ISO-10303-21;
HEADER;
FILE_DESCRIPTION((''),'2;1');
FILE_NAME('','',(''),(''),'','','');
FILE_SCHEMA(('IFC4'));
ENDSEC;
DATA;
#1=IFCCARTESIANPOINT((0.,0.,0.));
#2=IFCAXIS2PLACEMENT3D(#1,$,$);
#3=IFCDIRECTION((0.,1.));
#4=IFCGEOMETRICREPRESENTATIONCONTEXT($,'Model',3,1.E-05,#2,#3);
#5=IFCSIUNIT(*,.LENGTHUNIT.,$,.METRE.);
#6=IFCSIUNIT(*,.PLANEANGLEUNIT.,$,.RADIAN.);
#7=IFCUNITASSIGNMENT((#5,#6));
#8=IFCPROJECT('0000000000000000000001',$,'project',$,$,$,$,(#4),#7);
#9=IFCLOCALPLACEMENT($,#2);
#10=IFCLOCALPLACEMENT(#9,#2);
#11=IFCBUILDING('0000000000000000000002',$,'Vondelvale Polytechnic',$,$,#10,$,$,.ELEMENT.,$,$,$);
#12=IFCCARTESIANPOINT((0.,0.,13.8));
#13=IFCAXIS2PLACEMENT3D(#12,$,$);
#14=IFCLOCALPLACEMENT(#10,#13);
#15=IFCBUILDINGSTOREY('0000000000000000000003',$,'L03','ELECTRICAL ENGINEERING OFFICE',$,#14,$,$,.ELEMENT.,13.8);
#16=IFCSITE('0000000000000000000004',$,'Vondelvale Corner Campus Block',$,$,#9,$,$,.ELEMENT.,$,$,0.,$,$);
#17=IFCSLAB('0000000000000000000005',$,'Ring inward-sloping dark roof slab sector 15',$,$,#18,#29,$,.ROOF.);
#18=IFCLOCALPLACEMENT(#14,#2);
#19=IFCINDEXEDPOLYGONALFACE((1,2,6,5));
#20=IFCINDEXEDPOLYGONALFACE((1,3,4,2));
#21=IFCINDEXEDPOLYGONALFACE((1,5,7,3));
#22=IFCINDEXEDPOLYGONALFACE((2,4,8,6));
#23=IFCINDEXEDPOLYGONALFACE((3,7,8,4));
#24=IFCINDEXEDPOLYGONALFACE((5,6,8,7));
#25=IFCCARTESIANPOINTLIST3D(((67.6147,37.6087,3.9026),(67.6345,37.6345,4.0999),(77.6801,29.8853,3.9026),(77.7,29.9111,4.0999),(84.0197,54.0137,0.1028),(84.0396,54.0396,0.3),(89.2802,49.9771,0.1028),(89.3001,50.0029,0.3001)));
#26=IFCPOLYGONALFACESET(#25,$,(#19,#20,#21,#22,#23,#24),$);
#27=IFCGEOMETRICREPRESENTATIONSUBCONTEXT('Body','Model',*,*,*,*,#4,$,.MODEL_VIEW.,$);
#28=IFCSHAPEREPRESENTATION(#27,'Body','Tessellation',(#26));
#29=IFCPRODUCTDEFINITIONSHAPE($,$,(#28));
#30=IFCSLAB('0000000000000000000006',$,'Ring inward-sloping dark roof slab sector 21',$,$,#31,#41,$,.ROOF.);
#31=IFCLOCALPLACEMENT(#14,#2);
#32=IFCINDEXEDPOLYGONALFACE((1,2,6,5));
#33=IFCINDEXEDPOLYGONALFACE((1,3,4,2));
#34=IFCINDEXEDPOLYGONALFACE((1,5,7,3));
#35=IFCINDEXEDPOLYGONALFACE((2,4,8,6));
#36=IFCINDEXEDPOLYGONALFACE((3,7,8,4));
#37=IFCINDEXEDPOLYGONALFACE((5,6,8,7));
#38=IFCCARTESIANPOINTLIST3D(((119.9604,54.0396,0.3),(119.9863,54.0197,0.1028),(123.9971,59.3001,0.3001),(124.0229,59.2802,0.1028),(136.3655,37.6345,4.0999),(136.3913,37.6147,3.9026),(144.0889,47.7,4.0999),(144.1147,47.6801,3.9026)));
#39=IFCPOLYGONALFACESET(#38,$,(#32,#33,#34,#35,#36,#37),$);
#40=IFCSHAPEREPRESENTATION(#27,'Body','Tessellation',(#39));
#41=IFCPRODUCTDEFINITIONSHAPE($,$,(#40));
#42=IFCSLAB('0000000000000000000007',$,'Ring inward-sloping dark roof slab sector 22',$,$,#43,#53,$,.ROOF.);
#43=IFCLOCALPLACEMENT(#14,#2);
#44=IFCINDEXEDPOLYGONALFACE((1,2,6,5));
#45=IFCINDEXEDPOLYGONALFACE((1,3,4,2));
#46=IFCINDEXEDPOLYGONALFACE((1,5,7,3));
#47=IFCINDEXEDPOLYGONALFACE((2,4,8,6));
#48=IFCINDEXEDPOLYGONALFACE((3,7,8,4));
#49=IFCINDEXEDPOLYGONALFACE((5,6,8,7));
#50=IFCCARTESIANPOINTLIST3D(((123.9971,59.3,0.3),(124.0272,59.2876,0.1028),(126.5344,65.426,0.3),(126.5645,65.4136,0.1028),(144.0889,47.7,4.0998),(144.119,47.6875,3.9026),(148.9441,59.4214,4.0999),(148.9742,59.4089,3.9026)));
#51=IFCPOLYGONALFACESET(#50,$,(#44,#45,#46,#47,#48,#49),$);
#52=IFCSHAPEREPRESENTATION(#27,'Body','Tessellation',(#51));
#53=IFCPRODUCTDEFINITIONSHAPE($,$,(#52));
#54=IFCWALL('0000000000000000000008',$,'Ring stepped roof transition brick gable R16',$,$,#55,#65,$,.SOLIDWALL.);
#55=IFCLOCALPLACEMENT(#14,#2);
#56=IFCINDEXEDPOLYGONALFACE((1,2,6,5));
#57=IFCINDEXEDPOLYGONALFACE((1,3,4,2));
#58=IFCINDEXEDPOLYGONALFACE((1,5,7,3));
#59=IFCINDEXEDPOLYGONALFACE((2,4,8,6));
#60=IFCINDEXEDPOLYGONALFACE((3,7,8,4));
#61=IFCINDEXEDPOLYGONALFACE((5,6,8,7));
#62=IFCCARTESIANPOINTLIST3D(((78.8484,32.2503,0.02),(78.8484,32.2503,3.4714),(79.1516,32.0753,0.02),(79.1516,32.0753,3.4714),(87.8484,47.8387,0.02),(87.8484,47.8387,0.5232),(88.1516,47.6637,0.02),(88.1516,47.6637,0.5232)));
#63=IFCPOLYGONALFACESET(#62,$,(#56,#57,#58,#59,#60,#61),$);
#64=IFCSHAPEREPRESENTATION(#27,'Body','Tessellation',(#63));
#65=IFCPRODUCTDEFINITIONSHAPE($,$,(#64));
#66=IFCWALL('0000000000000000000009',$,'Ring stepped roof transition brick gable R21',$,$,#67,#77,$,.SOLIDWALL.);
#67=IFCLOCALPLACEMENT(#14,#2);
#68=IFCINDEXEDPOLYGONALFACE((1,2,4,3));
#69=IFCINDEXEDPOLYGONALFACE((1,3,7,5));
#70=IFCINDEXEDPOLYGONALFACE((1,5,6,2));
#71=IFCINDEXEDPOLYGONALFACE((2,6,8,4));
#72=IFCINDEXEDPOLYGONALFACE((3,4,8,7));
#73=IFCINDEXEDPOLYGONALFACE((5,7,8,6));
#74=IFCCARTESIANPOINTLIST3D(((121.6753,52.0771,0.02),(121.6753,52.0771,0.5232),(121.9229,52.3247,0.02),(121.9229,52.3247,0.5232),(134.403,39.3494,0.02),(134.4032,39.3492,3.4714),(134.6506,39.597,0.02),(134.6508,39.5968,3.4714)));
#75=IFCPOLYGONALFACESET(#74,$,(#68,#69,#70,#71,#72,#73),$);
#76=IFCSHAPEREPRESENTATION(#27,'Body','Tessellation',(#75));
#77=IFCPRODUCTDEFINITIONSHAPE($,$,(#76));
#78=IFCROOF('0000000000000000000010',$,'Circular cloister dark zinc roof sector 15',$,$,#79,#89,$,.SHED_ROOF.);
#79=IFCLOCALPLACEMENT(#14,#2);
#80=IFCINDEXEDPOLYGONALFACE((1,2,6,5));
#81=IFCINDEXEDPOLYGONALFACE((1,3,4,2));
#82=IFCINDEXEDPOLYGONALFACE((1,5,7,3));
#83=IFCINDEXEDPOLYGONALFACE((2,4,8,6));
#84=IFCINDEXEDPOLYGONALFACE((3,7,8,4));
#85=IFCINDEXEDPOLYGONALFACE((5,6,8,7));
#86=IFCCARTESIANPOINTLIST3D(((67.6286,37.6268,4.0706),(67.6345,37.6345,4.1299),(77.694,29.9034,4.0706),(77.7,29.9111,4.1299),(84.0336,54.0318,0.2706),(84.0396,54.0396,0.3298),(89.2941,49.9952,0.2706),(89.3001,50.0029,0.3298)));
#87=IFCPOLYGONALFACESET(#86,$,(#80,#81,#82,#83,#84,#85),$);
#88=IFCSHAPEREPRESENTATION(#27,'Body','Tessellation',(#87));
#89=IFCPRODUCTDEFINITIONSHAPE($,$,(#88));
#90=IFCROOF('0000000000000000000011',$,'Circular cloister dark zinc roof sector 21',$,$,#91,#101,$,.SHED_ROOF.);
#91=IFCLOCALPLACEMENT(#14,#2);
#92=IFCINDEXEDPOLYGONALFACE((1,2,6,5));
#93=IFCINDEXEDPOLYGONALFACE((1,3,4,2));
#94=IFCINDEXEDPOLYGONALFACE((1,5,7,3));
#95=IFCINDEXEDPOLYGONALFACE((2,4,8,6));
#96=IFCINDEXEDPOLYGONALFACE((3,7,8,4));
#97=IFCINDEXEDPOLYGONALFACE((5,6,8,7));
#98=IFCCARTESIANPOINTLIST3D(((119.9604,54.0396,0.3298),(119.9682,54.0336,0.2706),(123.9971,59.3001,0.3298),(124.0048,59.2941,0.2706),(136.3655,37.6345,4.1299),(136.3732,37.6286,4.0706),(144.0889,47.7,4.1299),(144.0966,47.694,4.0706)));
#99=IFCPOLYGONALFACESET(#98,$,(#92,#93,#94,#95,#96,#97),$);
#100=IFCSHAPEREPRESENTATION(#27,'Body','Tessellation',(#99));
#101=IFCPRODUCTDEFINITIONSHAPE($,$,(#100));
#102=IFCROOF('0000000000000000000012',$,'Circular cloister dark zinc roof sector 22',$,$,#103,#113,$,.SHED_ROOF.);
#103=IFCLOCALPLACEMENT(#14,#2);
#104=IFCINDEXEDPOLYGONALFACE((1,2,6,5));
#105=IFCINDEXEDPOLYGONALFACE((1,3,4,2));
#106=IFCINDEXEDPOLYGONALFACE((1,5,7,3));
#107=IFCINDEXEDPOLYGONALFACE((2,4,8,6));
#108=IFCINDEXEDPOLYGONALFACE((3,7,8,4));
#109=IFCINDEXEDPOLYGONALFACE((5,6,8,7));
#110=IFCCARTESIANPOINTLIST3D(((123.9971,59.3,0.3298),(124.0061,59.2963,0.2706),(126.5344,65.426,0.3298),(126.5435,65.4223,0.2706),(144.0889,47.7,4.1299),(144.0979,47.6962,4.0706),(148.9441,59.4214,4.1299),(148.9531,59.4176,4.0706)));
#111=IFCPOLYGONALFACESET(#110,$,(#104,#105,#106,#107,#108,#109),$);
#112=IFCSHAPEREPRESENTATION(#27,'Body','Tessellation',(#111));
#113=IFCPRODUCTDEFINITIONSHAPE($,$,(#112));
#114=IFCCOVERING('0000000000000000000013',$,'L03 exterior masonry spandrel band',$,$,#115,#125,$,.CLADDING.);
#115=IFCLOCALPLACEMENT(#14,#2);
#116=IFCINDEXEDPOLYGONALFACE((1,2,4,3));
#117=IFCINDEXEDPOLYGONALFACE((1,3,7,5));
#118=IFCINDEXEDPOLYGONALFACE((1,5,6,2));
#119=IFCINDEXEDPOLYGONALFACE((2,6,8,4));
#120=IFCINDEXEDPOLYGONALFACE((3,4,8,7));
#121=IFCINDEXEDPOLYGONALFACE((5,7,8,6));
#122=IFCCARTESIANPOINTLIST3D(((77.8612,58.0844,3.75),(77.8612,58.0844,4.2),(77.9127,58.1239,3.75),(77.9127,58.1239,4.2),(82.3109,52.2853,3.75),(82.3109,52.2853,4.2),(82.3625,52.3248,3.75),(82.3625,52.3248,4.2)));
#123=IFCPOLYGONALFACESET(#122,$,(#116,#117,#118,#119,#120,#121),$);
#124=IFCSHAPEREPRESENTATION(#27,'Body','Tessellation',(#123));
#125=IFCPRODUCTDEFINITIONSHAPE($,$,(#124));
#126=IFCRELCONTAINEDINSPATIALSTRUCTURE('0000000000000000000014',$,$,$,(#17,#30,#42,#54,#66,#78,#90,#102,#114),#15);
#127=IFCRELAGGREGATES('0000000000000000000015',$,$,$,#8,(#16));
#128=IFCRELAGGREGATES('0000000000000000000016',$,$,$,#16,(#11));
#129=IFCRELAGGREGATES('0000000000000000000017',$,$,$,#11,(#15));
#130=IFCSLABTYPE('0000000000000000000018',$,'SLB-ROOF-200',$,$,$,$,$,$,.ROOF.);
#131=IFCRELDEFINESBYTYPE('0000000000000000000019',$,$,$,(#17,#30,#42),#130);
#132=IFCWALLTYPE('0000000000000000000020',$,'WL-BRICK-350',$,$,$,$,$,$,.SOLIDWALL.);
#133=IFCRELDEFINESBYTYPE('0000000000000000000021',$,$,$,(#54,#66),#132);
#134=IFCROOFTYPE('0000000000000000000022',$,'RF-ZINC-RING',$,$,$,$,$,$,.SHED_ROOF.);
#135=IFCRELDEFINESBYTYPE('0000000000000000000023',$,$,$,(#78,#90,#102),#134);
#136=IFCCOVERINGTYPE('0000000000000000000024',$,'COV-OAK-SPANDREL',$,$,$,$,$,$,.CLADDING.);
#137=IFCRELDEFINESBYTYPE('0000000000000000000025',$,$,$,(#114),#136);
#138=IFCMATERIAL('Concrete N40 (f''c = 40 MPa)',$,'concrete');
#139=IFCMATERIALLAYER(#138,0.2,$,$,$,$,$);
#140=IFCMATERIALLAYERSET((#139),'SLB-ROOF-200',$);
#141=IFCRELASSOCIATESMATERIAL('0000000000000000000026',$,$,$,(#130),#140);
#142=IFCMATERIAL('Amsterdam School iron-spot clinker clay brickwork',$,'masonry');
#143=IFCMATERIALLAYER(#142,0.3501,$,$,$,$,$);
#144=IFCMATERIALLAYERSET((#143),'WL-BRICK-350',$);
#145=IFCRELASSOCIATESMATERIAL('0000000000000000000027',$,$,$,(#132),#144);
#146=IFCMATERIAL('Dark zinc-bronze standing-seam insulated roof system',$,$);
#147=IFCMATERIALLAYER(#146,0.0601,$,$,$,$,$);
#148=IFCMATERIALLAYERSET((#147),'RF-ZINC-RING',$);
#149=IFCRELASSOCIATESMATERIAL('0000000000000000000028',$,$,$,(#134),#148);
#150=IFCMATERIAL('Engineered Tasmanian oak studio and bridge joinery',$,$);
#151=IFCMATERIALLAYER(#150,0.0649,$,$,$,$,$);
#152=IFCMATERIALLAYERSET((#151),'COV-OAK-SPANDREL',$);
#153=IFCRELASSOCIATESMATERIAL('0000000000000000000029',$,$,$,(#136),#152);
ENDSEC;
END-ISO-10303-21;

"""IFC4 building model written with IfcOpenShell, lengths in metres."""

from ifc_helpers import new_model, si_unit, direction, frame, origin, origin_2d, place, context, subcontext, project, spatial, polyline, rectangle, outline, extrude, material, layer, layer_set, type_object, element, save


model = new_model("IFC4")

# Units and contexts
model_context = context("Model", 3, precision=1e-05, world=origin(), true_north=direction((0.0, 1.0)))
body_context = subcontext(model_context, "Body", "Model", "MODEL_VIEW")
ifc_project = project(units=[si_unit("LENGTHUNIT", "METRE"), si_unit("PLANEANGLEUNIT", "RADIAN")], contexts=[model_context])

# Site, building, storey
site_placement = place(None, origin())
site = spatial("IfcSite", under=ifc_project, at=site_placement, Name="Vondelvale Corner Campus Block", CompositionType="ELEMENT", RefElevation=0.0)
building_placement = place(site_placement, origin())
building = spatial("IfcBuilding", under=site, at=building_placement, Name="Vondelvale Polytechnic", CompositionType="ELEMENT")
storey_placement = place(building_placement, frame((0.0, 0.0, 13.8)))
storey = spatial("IfcBuildingStorey", under=building, at=storey_placement, Name="L03", Description="ELECTRICAL ENGINEERING OFFICE", CompositionType="ELEMENT", Elevation=13.8)

# Shared definitions
ifc_material_1 = material(Name="Engineered Tasmanian oak studio and bridge joinery")

# Slabs
ifc_material_2 = material(Name="Concrete N40 (f'c = 40 MPa)", Category="concrete")
ifc_layer_1 = layer(ifc_material_2, 0.2)
ifc_layer_set_1 = layer_set([ifc_layer_1], Name="SLB-ROOF-200")
slab_type = type_object("IfcSlabType", Name="SLB-ROOF-200", PredefinedType="ROOF", material=ifc_layer_set_1)
for number, where, z_axis, x_axis, name in (
    (1, (84.0396, 54.0396, 0.3), (0.099221, 0.129307, 0.986628), (-0.697809, -0.697809, 0.16163), "Ring inward-sloping dark roof slab sector 15"),
    (2, (119.9604, 54.0396, 0.3), (-0.129307, 0.099221, 0.986628), (0.697809, -0.697809, 0.16163), "Ring inward-sloping dark roof slab sector 21"),
):
    element("IfcSlab", number, at=place(storey_placement, frame(where, z_axis=z_axis, x_axis=x_axis)), inside=storey, type_object=slab_type, Name=name, PredefinedType="ROOF", context=body_context, shape_type="SweptSolid", body=[
        extrude(outline(polyline([(0.0, 0.0), (23.5093, 0.0), (21.875, 12.5814), (-0.854, 6.5755), (0.0, 0.0)])), origin(), (0.0, 0.0, -1.0), 0.2),
    ])
slab_placement = place(storey_placement, frame((123.9971, 59.3, 0.3), z_axis=(-0.150582, 0.062372, 0.986628), x_axis=(0.854637, -0.493429, 0.16163)))
element("IfcSlab", 3, at=slab_placement, inside=storey, type_object=slab_type, Name="Ring inward-sloping dark roof slab sector 22", PredefinedType="ROOF", context=body_context, shape_type="SweptSolid", body=[
    extrude(outline(polyline([(0.0, 0.0), (23.5092, 0.0), (21.8749, 12.5815), (-0.8542, 6.5754), (0.0, 0.0)])), origin(), (0.0, 0.0, -1.0), 0.2),
])

# Walls
ifc_material_3 = material(Name="Amsterdam School iron-spot clinker clay brickwork", Category="masonry")
ifc_layer_2 = layer(ifc_material_3, 0.3501)
ifc_layer_set_2 = layer_set([ifc_layer_2], Name="WL-BRICK-350")
wall_type = type_object("IfcWallType", Name="WL-BRICK-350", PredefinedType="SOLIDWALL", material=ifc_layer_set_2)
wall_1_placement = place(storey_placement, frame((88.0, 47.7512, 0.02), z_axis=(0.0, 0.0, 1.0), x_axis=(-0.500002, -0.866024, 0.0)))
element("IfcWall", 4, at=wall_1_placement, inside=storey, type_object=wall_type, Name="Ring stepped roof transition brick gable R16", PredefinedType="SOLIDWALL", context=body_context, shape_type="SweptSolid", body=[
    extrude(outline(polyline([(0.0, 0.0), (18.0, 0.0), (18.0, 3.4514), (0.0, 0.5032), (0.0, 0.0)])), frame((0.0, 0.175, 0.0), z_axis=(0.0, -1.0, 0.0), x_axis=(1.0, 0.0, 0.0)), (0.0, 0.0, 1.0), 0.3501),
])
wall_2_placement = place(storey_placement, frame((121.7991, 52.2009, 0.02), z_axis=(0.0, 0.0, 1.0), x_axis=(0.707107, -0.707107, 0.0)))
element("IfcWall", 5, at=wall_2_placement, inside=storey, type_object=wall_type, Name="Ring stepped roof transition brick gable R21", PredefinedType="SOLIDWALL", context=body_context, shape_type="SweptSolid", body=[
    extrude(outline(polyline([(0.0, 0.0), (17.9998, 0.0), (18.0, 3.4514), (0.0, 0.5032), (0.0, 0.0)])), frame((0.0, 0.175, 0.0), z_axis=(0.0, -1.0, 0.0), x_axis=(1.0, 0.0, 0.0)), (0.0, 0.0, 1.0), 0.3501),
])

# Roofs
ifc_material_4 = material(Name="Dark zinc-bronze standing-seam insulated roof system")
ifc_layer_3 = layer(ifc_material_4, 0.0601)
ifc_layer_set_3 = layer_set([ifc_layer_3], Name="RF-ZINC-RING")
roof_type = type_object("IfcRoofType", Name="RF-ZINC-RING", PredefinedType="SHED_ROOF", material=ifc_layer_set_3)
for number, where, z_axis, x_axis, name in (
    (6, (84.0396, 54.0396, 0.3298), (0.099227, 0.129315, 0.986626), (-0.697808, -0.697808, 0.16164), "Circular cloister dark zinc roof sector 15"),
    (7, (119.9604, 54.0396, 0.3298), (-0.129315, 0.099227, 0.986626), (0.697808, -0.697808, 0.16164), "Circular cloister dark zinc roof sector 21"),
):
    element("IfcRoof", number, at=place(storey_placement, frame(where, z_axis=z_axis, x_axis=x_axis)), inside=storey, type_object=roof_type, Name=name, PredefinedType="SHED_ROOF", context=body_context, shape_type="SweptSolid", body=[
        extrude(outline(polyline([(0.0, 0.0), (23.5094, 0.0), (21.8751, 12.5814), (-0.854, 6.5755), (0.0, 0.0)])), origin(), (0.0, 0.0, -1.0), 0.0601),
    ])
roof_placement = place(storey_placement, frame((123.9971, 59.3, 0.3298), z_axis=(-0.150591, 0.062376, 0.986626), x_axis=(0.854635, -0.493428, 0.16164)))
element("IfcRoof", 8, at=roof_placement, inside=storey, type_object=roof_type, Name="Circular cloister dark zinc roof sector 22", PredefinedType="SHED_ROOF", context=body_context, shape_type="SweptSolid", body=[
    extrude(outline(polyline([(0.0, 0.0), (23.5092, 0.0), (21.875, 12.5815), (-0.8542, 6.5754), (0.0, 0.0)])), origin(), (0.0, 0.0, -1.0), 0.0601),
])

# Covering
ifc_layer_4 = layer(ifc_material_1, 0.0649)
ifc_layer_set_4 = layer_set([ifc_layer_4], Name="COV-OAK-SPANDREL")
covering_type = type_object("IfcCoveringType", Name="COV-OAK-SPANDREL", PredefinedType="CLADDING", material=ifc_layer_set_4)
covering_placement = place(storey_placement, frame((80.1118, 55.2046, 3.75), z_axis=(0.0, 0.0, 1.0), x_axis=(0.608761, -0.793353, 0.0)))
element("IfcCovering", 9, at=covering_placement, inside=storey, type_object=covering_type, Name="L03 exterior masonry spandrel band", PredefinedType="CLADDING", context=body_context, shape_type="SweptSolid", body=[
    extrude(rectangle(XDim=7.3096, YDim=0.0649, at=origin_2d()), origin(), (0.0, 0.0, 1.0), 0.45),
])

save(model, "model.ifc")
